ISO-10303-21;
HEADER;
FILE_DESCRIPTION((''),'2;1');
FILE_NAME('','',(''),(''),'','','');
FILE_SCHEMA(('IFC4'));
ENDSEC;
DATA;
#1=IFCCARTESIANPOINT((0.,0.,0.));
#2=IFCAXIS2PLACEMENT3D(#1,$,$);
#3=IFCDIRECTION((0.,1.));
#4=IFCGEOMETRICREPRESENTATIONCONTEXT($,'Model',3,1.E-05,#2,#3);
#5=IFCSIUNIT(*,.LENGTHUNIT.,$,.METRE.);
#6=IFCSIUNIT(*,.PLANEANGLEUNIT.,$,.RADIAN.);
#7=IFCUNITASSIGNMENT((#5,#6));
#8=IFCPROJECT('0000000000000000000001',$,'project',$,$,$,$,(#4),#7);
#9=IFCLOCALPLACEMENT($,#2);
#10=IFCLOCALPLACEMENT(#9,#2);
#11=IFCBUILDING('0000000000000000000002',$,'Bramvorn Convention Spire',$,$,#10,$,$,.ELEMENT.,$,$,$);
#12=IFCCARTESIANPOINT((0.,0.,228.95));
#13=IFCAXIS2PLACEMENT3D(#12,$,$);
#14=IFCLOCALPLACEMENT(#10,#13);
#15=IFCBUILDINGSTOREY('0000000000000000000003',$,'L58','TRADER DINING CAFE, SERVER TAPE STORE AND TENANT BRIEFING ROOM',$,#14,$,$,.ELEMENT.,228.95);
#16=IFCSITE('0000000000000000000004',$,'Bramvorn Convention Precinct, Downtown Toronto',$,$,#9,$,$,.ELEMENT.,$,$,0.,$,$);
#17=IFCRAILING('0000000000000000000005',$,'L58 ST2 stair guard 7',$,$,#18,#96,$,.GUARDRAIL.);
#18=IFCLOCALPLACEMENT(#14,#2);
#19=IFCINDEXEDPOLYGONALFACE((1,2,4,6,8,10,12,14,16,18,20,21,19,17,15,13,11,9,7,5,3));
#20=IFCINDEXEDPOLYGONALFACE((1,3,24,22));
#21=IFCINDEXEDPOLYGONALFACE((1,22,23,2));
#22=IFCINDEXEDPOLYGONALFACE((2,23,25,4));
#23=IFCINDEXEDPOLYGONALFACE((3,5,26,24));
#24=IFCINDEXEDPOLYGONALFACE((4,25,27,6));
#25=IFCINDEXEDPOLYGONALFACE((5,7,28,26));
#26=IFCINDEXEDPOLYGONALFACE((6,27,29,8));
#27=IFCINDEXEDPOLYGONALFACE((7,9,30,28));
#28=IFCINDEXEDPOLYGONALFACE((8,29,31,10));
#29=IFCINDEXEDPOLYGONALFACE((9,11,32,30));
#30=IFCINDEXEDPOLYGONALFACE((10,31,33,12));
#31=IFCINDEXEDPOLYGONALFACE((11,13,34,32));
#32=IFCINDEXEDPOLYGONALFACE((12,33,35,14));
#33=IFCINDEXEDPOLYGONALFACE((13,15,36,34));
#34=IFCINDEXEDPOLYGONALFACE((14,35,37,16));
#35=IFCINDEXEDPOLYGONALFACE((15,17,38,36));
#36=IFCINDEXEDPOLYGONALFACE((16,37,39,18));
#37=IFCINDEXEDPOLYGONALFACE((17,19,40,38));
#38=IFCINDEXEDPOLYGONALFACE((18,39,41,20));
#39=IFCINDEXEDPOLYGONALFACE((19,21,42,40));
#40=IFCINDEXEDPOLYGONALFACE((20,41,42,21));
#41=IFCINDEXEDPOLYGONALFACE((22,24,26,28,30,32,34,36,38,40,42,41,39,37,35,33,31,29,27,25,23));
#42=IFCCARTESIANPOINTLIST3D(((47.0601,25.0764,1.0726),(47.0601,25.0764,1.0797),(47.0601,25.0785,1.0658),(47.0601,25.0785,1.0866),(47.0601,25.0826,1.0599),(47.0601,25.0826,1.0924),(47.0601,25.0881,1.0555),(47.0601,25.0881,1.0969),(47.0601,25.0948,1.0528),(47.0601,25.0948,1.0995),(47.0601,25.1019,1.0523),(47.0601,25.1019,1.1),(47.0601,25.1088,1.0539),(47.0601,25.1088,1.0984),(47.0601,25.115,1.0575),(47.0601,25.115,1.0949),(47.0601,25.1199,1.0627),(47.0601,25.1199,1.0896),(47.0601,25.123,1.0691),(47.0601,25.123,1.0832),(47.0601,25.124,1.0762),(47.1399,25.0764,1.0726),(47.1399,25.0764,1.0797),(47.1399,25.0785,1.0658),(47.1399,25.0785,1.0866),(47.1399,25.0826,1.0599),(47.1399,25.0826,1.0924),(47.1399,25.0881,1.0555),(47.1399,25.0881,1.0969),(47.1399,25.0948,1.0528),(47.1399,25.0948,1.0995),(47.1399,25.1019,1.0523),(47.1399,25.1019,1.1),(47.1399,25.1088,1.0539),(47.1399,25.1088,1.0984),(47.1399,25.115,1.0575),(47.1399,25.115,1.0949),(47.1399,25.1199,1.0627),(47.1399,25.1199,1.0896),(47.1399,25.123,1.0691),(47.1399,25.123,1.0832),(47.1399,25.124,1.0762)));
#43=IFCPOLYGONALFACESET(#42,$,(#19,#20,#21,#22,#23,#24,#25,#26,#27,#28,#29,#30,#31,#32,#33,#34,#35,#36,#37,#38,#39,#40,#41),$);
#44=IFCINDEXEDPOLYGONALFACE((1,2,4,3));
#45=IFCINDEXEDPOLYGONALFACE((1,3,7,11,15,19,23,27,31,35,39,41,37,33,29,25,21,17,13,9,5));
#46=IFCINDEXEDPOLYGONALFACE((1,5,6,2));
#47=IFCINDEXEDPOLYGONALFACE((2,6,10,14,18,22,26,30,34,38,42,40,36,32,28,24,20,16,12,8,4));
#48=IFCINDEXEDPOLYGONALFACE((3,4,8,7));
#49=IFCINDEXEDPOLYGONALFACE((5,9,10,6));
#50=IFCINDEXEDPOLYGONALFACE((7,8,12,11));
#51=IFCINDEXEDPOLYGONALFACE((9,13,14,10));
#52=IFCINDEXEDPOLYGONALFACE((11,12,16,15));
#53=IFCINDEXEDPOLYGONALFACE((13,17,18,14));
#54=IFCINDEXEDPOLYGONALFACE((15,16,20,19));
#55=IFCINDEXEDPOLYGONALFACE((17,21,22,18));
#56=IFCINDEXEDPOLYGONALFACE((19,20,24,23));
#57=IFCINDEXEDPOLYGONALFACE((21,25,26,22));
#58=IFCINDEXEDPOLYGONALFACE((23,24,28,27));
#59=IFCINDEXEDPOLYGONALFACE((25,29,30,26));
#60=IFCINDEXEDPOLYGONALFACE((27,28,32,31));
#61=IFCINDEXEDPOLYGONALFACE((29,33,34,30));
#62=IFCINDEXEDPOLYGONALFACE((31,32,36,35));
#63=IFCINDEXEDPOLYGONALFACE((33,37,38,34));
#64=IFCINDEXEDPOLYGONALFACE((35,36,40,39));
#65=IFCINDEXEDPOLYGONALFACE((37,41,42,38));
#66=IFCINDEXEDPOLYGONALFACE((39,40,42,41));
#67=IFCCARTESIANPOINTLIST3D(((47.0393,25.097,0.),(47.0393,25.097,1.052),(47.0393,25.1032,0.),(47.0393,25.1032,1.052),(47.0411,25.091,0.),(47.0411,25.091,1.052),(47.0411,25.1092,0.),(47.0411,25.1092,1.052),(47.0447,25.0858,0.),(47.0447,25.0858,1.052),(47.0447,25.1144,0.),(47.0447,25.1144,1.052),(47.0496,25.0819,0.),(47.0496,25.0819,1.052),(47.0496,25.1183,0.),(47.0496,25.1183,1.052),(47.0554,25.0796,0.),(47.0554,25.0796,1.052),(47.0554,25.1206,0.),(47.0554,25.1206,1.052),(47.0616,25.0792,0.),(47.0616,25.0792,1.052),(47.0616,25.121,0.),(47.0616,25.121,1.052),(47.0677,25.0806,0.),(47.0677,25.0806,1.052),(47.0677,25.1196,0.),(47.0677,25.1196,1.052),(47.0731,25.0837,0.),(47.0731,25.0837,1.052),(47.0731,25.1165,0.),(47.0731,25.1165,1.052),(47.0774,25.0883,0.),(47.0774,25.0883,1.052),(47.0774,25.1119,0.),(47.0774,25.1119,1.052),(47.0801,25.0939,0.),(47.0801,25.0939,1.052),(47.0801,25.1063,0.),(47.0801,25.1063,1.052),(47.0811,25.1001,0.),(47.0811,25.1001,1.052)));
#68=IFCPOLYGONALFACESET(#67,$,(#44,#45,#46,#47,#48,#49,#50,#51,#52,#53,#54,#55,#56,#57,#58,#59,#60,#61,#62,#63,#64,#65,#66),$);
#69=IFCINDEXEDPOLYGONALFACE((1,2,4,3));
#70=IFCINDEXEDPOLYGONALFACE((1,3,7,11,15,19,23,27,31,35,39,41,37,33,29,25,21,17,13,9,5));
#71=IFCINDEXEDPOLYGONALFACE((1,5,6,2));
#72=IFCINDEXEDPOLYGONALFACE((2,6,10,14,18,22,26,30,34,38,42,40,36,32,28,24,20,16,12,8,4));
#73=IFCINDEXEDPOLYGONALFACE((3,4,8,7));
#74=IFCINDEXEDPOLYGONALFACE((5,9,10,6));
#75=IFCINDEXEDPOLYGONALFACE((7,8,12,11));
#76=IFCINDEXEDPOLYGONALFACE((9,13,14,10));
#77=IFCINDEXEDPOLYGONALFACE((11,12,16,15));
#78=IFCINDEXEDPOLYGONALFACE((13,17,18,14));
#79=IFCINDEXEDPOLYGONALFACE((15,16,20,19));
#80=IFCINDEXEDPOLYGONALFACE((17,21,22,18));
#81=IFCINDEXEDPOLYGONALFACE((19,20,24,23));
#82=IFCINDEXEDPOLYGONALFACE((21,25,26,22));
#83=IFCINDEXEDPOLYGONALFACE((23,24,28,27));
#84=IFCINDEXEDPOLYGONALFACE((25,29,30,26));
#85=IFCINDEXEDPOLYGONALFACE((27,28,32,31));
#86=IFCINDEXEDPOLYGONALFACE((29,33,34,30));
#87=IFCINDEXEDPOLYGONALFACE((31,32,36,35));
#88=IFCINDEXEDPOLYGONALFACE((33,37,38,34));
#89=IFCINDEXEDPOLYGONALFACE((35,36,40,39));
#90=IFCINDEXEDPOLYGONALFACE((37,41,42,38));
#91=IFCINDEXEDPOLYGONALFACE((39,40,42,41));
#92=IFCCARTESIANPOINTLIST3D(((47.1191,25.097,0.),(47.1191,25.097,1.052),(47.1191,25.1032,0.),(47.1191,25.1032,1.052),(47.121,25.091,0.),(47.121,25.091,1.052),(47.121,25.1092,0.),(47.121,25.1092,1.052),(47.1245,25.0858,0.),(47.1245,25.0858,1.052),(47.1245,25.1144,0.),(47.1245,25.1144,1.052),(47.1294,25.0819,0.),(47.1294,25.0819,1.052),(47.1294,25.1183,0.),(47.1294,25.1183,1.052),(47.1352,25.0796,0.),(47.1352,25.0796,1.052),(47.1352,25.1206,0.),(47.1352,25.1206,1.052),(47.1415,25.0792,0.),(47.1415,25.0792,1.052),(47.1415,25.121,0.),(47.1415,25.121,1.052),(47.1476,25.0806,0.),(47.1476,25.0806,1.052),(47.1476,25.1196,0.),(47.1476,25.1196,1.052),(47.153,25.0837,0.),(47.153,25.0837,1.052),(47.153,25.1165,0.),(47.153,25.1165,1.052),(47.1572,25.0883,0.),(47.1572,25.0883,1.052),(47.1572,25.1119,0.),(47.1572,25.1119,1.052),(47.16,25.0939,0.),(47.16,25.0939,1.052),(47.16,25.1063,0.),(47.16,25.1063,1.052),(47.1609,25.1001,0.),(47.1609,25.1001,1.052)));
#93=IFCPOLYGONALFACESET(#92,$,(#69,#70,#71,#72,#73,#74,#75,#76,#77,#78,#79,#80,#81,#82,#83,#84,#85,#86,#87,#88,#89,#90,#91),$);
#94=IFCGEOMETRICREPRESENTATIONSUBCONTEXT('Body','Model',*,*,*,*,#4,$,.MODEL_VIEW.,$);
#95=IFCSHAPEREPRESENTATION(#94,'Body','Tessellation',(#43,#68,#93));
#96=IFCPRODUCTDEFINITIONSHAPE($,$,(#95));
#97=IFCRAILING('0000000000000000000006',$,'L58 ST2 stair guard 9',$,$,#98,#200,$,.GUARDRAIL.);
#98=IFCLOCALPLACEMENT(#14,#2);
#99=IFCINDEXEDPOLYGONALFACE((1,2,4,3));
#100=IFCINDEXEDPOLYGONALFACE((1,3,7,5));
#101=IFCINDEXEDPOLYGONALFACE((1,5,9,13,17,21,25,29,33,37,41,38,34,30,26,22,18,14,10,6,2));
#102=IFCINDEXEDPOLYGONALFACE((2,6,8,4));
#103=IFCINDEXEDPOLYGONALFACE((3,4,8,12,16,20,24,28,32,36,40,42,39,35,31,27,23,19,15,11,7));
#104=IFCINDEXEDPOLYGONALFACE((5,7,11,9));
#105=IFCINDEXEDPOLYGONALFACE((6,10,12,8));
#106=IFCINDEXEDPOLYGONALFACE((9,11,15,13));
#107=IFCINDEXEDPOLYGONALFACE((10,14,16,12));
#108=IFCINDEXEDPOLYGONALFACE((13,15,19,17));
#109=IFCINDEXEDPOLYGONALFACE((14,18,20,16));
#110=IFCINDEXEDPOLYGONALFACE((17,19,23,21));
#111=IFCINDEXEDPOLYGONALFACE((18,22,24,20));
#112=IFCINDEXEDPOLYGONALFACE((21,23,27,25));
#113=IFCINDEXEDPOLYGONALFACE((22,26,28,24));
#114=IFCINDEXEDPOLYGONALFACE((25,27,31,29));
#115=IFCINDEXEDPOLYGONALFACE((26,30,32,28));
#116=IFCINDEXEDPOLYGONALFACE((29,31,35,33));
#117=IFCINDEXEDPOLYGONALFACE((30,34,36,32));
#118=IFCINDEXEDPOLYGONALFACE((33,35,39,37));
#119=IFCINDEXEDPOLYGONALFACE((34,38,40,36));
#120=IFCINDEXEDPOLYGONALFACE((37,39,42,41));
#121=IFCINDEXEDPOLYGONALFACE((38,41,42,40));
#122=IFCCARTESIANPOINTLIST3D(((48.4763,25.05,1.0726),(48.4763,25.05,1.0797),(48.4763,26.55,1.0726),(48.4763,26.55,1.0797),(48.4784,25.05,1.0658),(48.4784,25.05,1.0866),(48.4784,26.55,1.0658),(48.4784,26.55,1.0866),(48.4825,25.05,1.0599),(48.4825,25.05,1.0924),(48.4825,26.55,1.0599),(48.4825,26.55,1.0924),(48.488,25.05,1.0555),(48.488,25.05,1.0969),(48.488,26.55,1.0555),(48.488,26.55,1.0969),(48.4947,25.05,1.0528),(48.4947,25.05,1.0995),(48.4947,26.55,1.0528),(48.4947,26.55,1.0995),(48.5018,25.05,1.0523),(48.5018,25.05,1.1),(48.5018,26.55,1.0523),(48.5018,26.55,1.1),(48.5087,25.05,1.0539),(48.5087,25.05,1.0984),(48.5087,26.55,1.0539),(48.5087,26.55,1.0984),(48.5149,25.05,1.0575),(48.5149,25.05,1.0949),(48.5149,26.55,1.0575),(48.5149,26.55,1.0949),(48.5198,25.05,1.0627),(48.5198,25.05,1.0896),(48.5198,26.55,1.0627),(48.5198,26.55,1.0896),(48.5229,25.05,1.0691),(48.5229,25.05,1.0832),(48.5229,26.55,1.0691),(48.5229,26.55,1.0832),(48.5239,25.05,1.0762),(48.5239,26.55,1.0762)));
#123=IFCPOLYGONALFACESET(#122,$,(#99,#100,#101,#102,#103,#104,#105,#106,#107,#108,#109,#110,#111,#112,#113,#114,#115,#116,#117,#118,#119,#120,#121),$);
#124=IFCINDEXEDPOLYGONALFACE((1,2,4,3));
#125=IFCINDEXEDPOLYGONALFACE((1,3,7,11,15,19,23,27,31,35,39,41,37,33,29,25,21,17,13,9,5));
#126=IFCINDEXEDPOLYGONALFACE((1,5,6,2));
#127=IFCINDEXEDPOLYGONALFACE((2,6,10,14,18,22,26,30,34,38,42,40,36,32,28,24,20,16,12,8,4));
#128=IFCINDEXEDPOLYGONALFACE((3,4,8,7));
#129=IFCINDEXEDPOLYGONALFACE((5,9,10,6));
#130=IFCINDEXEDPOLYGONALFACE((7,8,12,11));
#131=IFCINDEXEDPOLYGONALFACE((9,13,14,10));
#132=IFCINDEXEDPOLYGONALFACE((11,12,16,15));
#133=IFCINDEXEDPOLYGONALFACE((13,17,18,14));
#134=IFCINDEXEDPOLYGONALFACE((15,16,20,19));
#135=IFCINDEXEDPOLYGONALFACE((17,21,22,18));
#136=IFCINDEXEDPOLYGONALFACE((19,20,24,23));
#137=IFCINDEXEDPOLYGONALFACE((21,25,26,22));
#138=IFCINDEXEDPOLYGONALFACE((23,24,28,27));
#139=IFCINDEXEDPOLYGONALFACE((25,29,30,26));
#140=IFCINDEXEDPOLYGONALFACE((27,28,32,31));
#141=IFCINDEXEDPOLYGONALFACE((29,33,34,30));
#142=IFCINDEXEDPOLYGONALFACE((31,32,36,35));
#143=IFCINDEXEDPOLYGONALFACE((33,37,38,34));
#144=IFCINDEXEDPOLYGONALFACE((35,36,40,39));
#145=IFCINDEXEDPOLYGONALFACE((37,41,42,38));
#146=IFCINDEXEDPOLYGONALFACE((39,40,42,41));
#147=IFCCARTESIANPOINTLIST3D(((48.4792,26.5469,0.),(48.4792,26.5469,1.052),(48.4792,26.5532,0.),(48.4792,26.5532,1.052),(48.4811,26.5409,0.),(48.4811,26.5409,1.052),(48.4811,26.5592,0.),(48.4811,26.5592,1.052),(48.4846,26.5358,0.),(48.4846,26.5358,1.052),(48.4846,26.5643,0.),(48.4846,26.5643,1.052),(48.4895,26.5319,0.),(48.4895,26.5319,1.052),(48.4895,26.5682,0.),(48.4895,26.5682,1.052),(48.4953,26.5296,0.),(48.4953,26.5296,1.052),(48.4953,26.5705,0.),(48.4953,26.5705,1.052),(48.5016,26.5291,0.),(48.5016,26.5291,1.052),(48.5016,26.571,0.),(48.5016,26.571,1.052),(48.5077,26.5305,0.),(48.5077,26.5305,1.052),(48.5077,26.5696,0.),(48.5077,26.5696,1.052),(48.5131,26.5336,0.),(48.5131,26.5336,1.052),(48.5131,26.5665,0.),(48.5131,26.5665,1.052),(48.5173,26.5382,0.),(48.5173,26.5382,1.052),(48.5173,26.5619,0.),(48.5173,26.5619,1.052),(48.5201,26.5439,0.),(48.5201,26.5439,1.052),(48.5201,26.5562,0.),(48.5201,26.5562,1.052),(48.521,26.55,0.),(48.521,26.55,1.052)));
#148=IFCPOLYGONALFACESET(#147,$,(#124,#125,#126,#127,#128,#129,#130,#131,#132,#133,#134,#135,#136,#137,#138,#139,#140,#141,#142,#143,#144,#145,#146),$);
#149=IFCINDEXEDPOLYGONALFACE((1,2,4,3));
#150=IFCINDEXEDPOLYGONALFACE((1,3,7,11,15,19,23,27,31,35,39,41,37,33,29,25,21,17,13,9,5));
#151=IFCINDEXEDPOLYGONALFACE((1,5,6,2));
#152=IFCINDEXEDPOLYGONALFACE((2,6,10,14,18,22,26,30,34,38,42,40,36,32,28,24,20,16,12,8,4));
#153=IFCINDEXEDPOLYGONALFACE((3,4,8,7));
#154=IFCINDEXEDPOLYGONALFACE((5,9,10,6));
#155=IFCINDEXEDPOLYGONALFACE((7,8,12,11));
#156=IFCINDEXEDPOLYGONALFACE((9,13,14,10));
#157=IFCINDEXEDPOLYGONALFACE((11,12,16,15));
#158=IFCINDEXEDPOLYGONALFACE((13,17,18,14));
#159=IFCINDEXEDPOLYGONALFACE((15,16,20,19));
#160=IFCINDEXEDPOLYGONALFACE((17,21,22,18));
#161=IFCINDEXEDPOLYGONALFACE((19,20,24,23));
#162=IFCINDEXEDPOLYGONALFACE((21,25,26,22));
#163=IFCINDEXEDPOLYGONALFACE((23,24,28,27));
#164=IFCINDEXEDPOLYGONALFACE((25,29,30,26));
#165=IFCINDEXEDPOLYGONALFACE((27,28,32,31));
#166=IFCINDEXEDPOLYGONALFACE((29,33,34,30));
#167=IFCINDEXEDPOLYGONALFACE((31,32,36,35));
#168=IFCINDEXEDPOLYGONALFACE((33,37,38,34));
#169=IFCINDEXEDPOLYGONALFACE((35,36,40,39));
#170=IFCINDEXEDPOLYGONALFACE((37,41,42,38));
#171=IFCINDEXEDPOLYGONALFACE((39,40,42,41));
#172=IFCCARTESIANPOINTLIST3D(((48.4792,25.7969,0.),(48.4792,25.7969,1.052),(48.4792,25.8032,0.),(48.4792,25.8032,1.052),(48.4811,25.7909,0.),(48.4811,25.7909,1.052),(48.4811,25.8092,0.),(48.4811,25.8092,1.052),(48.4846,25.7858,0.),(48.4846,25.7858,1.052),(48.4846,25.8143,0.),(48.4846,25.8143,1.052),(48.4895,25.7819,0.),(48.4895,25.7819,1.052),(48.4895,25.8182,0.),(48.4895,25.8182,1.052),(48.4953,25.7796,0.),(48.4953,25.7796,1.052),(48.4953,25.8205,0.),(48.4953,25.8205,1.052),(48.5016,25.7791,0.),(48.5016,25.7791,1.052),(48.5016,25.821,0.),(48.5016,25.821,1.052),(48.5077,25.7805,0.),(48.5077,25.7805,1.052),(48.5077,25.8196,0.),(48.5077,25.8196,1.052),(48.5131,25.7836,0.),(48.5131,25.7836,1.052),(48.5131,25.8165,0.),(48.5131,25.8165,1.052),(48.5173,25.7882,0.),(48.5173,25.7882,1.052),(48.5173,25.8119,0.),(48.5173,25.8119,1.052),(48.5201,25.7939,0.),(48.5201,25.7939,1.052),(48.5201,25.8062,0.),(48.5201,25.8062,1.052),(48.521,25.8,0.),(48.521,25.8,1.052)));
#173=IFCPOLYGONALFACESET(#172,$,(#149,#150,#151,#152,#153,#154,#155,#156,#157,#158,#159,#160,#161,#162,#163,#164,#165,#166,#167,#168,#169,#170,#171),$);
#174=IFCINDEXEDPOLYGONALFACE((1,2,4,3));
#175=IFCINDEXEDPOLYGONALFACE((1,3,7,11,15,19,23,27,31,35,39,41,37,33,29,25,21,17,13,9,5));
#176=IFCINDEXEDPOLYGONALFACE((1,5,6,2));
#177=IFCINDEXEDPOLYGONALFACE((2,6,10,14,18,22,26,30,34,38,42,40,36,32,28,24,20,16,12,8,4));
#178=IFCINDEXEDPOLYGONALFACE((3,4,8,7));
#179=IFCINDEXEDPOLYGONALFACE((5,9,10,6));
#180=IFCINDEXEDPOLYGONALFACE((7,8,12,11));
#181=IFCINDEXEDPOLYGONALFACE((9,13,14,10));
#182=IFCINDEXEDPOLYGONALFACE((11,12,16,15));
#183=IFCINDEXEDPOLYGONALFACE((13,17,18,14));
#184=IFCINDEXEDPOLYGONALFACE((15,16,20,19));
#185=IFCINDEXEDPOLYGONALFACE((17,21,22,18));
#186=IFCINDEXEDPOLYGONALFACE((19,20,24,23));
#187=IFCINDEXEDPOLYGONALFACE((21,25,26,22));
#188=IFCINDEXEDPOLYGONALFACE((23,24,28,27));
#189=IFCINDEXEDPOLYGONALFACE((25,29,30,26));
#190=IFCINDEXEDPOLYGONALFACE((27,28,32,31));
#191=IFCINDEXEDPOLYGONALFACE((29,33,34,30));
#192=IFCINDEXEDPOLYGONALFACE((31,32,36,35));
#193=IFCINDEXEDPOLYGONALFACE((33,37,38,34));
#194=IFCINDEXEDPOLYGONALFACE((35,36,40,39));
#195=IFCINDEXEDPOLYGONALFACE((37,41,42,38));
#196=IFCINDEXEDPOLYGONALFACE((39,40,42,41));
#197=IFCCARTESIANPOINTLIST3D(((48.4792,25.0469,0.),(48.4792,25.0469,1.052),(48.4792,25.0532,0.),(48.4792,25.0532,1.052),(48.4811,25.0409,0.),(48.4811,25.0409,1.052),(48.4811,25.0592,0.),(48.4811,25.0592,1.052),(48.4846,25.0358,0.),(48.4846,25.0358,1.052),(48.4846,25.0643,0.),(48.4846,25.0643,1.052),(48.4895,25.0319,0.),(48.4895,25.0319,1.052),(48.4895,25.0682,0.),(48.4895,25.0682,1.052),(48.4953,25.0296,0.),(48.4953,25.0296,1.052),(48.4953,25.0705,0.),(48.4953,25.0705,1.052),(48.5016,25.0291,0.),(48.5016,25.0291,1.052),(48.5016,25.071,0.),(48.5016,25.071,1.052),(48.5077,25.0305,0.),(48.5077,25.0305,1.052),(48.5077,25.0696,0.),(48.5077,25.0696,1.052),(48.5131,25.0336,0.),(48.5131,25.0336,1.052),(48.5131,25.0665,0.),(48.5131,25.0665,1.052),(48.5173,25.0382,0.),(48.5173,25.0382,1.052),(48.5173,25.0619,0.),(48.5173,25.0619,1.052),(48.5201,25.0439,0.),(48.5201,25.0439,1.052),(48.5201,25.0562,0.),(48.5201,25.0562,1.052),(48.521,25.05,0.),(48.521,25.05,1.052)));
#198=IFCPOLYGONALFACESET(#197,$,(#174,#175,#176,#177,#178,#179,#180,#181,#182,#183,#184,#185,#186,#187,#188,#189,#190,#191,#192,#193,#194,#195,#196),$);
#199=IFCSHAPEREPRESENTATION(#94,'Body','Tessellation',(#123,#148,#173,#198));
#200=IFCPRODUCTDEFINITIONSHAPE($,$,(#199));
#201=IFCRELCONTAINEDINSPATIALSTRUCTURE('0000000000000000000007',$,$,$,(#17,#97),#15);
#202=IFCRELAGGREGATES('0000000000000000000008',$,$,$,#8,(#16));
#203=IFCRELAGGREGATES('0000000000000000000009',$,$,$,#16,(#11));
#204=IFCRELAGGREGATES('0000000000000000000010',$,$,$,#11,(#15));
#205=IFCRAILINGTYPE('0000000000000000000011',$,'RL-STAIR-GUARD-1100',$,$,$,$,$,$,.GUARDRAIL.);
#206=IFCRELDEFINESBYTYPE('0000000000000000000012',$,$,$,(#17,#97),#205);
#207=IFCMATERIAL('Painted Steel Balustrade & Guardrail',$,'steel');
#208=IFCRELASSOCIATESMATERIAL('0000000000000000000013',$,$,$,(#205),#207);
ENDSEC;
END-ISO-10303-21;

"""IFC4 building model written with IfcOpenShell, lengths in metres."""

from ifc_helpers import new_model, si_unit, direction, frame, origin, origin_2d, place, context, subcontext, project, spatial, circle, extrude, material, type_object, element, save


model = new_model("IFC4")

# Units and contexts
model_context = context("Model", 3, precision=1e-05, world=origin(), true_north=direction((0.0, 1.0)))
body_context = subcontext(model_context, "Body", "Model", "MODEL_VIEW")
ifc_project = project(units=[si_unit("LENGTHUNIT", "METRE"), si_unit("PLANEANGLEUNIT", "RADIAN")], contexts=[model_context])

# Site, building, storey
site_placement = place(None, origin())
site = spatial("IfcSite", under=ifc_project, at=site_placement, Name="Bramvorn Convention Precinct, Downtown Toronto", CompositionType="ELEMENT", RefElevation=0.0)
building_placement = place(site_placement, origin())
building = spatial("IfcBuilding", under=site, at=building_placement, Name="Bramvorn Convention Spire", CompositionType="ELEMENT")
storey_placement = place(building_placement, frame((0.0, 0.0, 228.95)))
storey = spatial("IfcBuildingStorey", under=building, at=storey_placement, Name="L58", Description="TRADER DINING CAFE, SERVER TAPE STORE AND TENANT BRIEFING ROOM", CompositionType="ELEMENT", Elevation=228.95)

# Railings
ifc_material_1 = material(Name="Painted Steel Balustrade & Guardrail", Category="steel")
railing_type_1 = type_object("IfcRailingType", Name="RL-STAIR-GUARD-1100", PredefinedType="GUARDRAIL", material=ifc_material_1)
railing_1_placement = place(storey_placement, frame((47.0601, 25.1001, 0.0)))
element("IfcRailing", 1, at=railing_1_placement, inside=storey, type_object=railing_type_1, Name="L58 ST2 stair guard 7", PredefinedType="GUARDRAIL", context=body_context, shape_type="SweptSolid", body=[
    extrude(circle(Radius=0.0239, at=origin_2d()), frame((0.0, 0.0, 1.0762), z_axis=(1.0, 0.0, 0.0), x_axis=(0.0, 1.0, 0.0)), (0.0, 0.0, 1.0), 0.0798),
    extrude(circle(Radius=0.021, at=origin_2d()), origin(), (0.0, 0.0, 1.0), 1.052),
    extrude(circle(Radius=0.021, at=origin_2d()), frame((0.0798, 0.0, 0.0)), (0.0, 0.0, 1.0), 1.052),
])
railing_2_placement = place(storey_placement, frame((48.5, 26.55, 0.0)))
element("IfcRailing", 2, at=railing_2_placement, inside=storey, type_object=railing_type_1, Name="L58 ST2 stair guard 9", PredefinedType="GUARDRAIL", context=body_context, shape_type="SweptSolid", body=[
    extrude(circle(Radius=0.0239, at=origin_2d()), frame((0.0, 0.0, 1.0762), z_axis=(0.0, -1.0, 0.0), x_axis=(1.0, 0.0, 0.0)), (0.0, 0.0, 1.0), 1.5),
    extrude(circle(Radius=0.021, at=origin_2d()), origin(), (0.0, 0.0, 1.0), 1.052),
    extrude(circle(Radius=0.021, at=origin_2d()), frame((0.0, -0.75, 0.0)), (0.0, 0.0, 1.0), 1.052),
    extrude(circle(Radius=0.021, at=origin_2d()), frame((0.0, -1.5, 0.0)), (0.0, 0.0, 1.0), 1.052),
])

save(model, "model.ifc")
